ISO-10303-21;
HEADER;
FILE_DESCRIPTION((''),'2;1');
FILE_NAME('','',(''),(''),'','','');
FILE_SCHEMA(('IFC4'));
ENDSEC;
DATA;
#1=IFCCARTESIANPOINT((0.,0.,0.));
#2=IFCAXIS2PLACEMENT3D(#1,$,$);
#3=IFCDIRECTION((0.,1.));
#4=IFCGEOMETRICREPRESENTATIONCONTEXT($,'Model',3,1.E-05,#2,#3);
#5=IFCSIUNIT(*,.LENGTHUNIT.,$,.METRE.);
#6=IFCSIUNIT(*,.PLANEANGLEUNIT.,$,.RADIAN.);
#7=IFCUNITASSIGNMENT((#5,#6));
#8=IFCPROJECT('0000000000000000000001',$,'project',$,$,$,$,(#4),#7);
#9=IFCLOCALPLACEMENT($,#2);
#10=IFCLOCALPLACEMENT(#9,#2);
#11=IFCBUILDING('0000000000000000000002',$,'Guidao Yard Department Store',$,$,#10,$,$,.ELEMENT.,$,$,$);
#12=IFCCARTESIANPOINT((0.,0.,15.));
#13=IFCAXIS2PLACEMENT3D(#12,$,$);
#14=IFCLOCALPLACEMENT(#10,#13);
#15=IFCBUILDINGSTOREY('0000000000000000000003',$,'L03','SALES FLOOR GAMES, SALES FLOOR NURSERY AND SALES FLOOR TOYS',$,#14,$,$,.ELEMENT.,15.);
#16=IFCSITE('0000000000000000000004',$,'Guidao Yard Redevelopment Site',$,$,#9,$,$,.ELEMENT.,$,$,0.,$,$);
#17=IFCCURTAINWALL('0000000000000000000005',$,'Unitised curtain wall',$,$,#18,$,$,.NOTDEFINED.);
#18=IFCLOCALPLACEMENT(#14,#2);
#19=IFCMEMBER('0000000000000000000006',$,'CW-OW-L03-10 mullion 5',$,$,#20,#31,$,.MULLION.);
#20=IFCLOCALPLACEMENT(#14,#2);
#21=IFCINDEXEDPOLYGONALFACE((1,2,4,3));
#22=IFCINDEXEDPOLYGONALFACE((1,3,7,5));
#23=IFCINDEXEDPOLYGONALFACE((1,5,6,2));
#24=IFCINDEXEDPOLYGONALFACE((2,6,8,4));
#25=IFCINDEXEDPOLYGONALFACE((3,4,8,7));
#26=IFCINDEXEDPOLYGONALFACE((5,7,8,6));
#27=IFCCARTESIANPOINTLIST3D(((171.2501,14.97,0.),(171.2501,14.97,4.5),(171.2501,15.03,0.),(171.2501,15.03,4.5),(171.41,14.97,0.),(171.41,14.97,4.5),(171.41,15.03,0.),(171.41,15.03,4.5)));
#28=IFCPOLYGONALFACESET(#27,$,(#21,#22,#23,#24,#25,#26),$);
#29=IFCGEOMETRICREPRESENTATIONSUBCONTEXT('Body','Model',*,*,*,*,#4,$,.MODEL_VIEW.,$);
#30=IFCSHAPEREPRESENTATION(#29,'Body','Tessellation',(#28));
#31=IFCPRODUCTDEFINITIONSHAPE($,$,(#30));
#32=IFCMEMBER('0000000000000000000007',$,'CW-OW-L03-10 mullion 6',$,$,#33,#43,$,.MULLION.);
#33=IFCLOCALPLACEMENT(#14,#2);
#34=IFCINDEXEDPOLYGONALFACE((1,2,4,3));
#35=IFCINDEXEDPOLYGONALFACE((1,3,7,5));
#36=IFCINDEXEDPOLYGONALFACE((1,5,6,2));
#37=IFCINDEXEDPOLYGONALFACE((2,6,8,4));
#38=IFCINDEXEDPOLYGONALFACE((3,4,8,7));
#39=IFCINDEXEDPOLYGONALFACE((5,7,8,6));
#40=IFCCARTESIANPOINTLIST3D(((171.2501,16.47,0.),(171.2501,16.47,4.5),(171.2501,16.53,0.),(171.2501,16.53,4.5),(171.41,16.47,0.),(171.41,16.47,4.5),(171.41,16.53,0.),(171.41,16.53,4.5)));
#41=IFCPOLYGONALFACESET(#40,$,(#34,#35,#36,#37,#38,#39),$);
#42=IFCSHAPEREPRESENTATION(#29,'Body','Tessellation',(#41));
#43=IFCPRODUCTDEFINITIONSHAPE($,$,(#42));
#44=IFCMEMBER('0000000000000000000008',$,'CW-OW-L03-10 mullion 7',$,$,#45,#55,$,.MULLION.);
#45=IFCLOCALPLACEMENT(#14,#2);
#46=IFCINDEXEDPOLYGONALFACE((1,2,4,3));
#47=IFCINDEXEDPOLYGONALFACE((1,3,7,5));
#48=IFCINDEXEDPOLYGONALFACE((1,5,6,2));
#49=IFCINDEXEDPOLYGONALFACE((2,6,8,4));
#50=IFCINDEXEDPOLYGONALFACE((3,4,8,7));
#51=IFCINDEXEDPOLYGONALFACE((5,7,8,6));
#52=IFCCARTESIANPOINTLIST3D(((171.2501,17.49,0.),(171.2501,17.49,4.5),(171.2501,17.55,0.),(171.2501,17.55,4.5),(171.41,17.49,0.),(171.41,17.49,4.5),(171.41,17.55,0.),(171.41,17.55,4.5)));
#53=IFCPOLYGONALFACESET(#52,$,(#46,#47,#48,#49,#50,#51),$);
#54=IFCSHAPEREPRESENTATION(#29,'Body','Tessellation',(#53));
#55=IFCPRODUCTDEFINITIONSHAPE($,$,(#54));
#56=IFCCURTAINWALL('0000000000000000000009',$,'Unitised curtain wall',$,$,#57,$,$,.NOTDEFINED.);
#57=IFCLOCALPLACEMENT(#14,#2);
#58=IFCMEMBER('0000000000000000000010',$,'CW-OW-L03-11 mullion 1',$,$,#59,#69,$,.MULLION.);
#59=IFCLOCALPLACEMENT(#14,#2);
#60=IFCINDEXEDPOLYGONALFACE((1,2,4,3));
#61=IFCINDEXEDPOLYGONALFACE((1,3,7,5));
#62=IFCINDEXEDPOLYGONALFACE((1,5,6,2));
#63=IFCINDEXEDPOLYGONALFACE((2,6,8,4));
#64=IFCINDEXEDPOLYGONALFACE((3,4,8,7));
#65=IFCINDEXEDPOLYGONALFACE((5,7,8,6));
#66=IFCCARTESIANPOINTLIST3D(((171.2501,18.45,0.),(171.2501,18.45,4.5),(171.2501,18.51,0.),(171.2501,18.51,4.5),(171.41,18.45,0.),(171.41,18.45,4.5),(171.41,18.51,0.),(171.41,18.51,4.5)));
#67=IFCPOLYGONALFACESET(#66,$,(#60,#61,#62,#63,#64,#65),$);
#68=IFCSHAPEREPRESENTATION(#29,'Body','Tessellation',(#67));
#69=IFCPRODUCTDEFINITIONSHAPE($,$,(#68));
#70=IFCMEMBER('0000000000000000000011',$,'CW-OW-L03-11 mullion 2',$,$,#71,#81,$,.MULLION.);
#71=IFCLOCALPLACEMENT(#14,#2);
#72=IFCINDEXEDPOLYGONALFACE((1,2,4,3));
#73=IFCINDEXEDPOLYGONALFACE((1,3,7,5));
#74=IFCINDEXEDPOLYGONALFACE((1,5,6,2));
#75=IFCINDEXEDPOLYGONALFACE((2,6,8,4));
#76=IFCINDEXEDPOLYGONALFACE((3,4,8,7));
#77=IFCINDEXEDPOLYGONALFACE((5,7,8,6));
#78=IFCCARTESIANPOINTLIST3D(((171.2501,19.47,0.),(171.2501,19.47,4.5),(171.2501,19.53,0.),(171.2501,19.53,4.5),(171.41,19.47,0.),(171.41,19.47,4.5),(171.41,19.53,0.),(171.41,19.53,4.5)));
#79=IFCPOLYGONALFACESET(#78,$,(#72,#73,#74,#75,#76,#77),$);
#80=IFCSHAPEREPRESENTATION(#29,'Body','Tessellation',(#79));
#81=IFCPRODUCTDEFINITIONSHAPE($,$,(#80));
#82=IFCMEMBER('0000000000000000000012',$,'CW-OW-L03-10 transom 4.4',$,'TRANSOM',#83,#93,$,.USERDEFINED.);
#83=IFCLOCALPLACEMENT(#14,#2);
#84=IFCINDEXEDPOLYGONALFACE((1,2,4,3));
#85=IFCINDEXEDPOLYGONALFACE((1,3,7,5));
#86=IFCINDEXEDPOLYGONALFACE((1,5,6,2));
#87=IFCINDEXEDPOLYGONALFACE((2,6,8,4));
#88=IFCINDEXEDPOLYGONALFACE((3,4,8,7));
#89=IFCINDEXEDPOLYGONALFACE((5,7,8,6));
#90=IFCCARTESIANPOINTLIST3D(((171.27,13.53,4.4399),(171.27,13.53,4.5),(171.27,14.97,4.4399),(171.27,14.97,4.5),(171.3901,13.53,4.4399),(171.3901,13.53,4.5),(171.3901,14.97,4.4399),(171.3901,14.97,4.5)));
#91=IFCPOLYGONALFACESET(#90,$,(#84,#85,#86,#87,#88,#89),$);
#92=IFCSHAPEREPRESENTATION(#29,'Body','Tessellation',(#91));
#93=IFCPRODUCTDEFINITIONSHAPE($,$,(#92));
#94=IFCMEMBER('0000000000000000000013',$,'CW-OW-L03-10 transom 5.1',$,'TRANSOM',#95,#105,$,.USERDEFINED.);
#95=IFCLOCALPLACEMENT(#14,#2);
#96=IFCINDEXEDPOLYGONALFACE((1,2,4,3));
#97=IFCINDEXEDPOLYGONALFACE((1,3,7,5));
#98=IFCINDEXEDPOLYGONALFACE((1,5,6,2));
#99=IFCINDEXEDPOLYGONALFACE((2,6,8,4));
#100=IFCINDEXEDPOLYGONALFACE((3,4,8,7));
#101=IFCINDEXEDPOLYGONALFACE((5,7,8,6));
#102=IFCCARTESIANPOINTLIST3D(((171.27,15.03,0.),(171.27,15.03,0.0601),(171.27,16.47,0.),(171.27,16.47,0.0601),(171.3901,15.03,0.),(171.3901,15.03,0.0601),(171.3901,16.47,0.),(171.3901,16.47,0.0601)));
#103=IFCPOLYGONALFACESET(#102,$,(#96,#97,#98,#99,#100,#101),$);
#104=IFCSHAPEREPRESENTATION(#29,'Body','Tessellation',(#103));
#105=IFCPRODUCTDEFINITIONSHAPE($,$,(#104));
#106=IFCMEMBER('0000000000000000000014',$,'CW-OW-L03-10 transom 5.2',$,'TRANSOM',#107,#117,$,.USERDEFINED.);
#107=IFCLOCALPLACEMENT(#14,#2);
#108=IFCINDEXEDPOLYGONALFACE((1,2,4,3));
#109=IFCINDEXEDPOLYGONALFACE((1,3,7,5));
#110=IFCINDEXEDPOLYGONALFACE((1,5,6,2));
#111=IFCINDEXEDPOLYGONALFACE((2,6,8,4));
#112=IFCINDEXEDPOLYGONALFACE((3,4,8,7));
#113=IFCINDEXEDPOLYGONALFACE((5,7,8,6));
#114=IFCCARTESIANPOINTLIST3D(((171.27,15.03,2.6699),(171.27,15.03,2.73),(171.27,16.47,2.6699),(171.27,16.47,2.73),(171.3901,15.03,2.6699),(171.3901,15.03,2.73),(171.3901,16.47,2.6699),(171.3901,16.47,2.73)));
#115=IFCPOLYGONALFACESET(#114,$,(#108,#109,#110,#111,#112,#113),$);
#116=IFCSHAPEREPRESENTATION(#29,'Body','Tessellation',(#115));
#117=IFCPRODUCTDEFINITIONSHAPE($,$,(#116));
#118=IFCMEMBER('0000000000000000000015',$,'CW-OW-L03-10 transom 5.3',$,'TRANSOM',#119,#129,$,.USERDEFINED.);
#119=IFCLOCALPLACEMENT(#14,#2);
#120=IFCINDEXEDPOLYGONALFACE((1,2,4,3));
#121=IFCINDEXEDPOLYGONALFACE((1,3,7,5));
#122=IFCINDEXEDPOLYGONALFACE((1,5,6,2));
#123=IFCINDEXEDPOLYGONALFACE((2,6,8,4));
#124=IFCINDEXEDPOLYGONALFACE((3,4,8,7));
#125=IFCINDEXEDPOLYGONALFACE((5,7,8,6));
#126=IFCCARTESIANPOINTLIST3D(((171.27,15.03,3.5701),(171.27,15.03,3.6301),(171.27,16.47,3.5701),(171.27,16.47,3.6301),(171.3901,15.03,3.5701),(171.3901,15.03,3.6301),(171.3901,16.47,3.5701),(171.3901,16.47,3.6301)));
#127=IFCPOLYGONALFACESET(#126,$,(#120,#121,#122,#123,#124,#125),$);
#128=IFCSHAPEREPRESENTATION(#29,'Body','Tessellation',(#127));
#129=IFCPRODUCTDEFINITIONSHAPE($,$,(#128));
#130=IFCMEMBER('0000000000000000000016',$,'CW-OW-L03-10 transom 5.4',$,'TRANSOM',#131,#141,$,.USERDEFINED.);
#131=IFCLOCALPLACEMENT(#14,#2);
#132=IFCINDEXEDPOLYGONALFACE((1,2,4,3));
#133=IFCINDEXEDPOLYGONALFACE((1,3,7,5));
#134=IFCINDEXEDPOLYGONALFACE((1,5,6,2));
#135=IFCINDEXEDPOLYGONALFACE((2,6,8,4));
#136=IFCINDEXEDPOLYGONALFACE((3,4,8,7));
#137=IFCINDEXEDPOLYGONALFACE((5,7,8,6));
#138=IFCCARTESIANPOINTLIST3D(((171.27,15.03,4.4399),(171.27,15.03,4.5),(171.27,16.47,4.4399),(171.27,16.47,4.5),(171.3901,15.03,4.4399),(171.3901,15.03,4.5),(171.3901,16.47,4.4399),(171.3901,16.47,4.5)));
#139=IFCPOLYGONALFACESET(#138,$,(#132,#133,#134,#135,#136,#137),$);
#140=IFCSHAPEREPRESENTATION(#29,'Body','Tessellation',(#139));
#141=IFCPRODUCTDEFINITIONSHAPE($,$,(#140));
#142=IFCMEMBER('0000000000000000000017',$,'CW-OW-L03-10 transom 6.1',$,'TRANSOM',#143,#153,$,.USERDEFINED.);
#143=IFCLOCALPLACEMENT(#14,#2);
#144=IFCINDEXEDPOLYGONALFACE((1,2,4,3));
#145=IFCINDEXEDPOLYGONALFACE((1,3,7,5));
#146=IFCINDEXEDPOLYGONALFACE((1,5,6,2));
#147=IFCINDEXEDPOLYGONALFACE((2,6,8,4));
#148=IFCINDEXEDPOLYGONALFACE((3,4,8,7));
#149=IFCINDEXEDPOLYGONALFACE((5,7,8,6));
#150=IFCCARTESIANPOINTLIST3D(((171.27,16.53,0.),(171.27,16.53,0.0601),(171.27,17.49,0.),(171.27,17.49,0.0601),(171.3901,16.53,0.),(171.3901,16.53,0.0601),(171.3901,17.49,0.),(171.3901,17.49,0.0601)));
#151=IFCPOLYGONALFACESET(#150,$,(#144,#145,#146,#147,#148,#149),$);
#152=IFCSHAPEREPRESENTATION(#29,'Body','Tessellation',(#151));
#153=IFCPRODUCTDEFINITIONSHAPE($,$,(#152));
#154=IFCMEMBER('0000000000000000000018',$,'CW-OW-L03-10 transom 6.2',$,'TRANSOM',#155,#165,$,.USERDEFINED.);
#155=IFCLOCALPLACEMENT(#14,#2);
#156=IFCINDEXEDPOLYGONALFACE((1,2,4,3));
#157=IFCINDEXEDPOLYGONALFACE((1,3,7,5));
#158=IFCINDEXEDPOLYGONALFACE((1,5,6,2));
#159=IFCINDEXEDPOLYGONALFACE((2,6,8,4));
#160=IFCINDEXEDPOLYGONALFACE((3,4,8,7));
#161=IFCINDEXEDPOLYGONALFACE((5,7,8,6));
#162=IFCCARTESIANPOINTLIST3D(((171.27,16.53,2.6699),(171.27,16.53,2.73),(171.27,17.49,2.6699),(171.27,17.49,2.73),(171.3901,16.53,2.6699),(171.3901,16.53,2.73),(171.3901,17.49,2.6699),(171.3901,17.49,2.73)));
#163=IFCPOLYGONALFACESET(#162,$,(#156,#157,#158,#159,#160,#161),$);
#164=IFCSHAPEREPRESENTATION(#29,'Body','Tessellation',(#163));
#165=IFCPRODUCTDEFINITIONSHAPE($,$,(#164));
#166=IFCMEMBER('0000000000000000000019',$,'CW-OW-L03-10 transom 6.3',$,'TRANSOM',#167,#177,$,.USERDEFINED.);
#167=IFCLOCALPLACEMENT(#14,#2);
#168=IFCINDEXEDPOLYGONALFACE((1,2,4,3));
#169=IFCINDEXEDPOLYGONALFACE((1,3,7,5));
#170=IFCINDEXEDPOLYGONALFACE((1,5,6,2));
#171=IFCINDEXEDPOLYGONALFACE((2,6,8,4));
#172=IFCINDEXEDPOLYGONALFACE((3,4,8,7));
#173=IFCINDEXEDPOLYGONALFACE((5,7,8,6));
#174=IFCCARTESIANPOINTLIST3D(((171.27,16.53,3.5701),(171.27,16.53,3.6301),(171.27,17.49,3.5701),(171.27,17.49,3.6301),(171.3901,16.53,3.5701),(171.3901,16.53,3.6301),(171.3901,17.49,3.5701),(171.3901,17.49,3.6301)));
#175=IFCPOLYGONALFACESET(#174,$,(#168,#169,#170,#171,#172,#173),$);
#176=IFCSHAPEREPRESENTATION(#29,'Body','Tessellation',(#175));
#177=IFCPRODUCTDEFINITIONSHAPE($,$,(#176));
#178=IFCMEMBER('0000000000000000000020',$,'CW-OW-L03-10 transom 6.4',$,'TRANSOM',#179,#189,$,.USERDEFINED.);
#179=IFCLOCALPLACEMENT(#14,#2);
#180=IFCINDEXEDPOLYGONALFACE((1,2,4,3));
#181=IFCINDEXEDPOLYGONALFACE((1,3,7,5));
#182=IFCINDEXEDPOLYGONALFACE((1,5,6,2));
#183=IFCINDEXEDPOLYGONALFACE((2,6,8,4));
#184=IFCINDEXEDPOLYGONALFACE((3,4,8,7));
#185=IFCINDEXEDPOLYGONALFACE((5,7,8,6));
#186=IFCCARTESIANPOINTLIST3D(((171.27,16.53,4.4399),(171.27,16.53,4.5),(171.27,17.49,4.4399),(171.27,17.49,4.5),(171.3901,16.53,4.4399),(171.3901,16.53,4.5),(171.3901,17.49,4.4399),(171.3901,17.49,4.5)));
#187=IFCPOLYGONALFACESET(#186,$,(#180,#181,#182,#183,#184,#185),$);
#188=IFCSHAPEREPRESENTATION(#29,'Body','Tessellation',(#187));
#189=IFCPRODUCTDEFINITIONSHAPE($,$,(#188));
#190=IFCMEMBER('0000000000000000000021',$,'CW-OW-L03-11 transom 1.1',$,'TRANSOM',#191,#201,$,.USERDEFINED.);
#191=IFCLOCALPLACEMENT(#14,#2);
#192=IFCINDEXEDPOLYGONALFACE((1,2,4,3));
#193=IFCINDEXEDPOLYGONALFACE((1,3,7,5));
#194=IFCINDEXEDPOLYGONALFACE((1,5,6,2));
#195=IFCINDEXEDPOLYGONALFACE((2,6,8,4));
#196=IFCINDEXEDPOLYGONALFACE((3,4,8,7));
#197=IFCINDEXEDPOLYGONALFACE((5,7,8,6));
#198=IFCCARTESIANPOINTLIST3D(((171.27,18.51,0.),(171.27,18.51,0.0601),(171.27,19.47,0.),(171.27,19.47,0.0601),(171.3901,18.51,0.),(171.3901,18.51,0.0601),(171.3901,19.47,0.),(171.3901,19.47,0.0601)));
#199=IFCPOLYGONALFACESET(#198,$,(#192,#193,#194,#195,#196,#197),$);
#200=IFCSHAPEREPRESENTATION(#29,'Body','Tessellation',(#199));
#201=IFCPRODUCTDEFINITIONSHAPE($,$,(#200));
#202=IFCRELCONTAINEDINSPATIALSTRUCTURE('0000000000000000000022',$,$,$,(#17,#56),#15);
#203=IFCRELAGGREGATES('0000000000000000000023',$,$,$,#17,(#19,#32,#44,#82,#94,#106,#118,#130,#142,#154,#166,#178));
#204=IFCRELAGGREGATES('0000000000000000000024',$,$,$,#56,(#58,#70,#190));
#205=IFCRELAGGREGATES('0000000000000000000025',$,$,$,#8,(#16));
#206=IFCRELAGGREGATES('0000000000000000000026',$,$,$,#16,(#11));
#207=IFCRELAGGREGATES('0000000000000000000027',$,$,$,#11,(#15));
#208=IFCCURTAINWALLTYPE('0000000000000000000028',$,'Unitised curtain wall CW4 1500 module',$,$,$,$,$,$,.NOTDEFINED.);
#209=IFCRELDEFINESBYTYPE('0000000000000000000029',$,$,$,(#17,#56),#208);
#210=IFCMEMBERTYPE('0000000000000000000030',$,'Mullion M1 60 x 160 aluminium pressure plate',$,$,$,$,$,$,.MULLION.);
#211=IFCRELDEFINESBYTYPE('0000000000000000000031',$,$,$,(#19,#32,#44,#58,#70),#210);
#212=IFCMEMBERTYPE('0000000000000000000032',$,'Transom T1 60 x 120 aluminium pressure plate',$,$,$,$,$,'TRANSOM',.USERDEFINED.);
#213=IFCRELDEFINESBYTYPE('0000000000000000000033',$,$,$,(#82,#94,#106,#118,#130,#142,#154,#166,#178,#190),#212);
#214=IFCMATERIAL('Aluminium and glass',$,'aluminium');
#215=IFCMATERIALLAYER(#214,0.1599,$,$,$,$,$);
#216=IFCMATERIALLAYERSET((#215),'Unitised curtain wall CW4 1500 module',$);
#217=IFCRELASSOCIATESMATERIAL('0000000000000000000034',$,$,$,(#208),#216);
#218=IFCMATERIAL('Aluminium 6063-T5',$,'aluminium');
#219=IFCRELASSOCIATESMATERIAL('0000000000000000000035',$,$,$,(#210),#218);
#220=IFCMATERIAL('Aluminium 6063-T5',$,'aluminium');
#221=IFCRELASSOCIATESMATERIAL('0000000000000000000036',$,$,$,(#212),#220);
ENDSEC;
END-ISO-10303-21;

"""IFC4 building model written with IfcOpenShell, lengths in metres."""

from ifc_helpers import new_model, si_unit, direction, frame, origin, origin_2d, place, context, subcontext, project, spatial, rectangle, extrude, material, layer, layer_set, material_profile, profile_set, type_object, element, aggregate, save


model = new_model("IFC4")

# Units and contexts
model_context = context("Model", 3, precision=1e-05, world=origin(), true_north=direction((0.0, 1.0)))
body_context = subcontext(model_context, "Body", "Model", "MODEL_VIEW")
ifc_project = project(units=[si_unit("LENGTHUNIT", "METRE"), si_unit("PLANEANGLEUNIT", "RADIAN")], contexts=[model_context])

# Site, building, storey
site_placement = place(None, origin())
site = spatial("IfcSite", under=ifc_project, at=site_placement, Name="Guidao Yard Redevelopment Site", CompositionType="ELEMENT", RefElevation=0.0)
building_placement = place(site_placement, origin())
building = spatial("IfcBuilding", under=site, at=building_placement, Name="Guidao Yard Department Store", CompositionType="ELEMENT")
storey_placement = place(building_placement, frame((0.0, 0.0, 15.0)))
storey = spatial("IfcBuildingStorey", under=building, at=storey_placement, Name="L03", Description="SALES FLOOR GAMES, SALES FLOOR NURSERY AND SALES FLOOR TOYS", CompositionType="ELEMENT", Elevation=15.0)

# Curtain walls, members
ifc_material_1 = material(Name="Aluminium and glass", Category="aluminium")
ifc_layer_1 = layer(ifc_material_1, 0.1599)
ifc_layer_set_1 = layer_set([ifc_layer_1], Name="Unitised curtain wall CW4 1500 module")
curtain_wall_type = type_object("IfcCurtainWallType", Name="Unitised curtain wall CW4 1500 module", PredefinedType="NOTDEFINED", material=ifc_layer_set_1)
curtain_wall_1_placement = place(storey_placement, origin())
curtain_wall_1 = element("IfcCurtainWall", 1, at=curtain_wall_1_placement, inside=storey, type_object=curtain_wall_type, Name="Unitised curtain wall", PredefinedType="NOTDEFINED")
ifc_material_2 = material(Name="Aluminium 6063-T5", Category="aluminium")
ifc_material_profile_1 = material_profile(ifc_material_2, rectangle(XDim=0.0601, YDim=0.1599, at=origin_2d()), Name="Mullion M1 60 x 160 aluminium pressure plate")
ifc_profile_set_1 = profile_set([ifc_material_profile_1], Name="Aluminium 6063-T5")
member_type_1 = type_object("IfcMemberType", Name="Mullion M1 60 x 160 aluminium pressure plate", PredefinedType="MULLION", material=ifc_profile_set_1)
member_1_placement = place(storey_placement, frame((171.3301, 15.0, 0.0), z_axis=(0.0, 0.0, 1.0), x_axis=(0.0, -1.0, 0.0)))
member_1 = element("IfcMember", 2, at=member_1_placement, type_object=member_type_1, Name="CW-OW-L03-10 mullion 5", PredefinedType="MULLION", context=body_context, shape_type="SweptSolid", body=[
    extrude(rectangle(XDim=0.0601, YDim=0.1599, at=origin_2d()), origin(), (0.0, 0.0, 1.0), 4.5),
])
member_2_placement = place(storey_placement, frame((171.3301, 16.5, 0.0), z_axis=(0.0, 0.0, 1.0), x_axis=(0.0, -1.0, 0.0)))
member_2 = element("IfcMember", 3, at=member_2_placement, type_object=member_type_1, Name="CW-OW-L03-10 mullion 6", PredefinedType="MULLION", context=body_context, shape_type="SweptSolid", body=[
    extrude(rectangle(XDim=0.0601, YDim=0.1599, at=origin_2d()), origin(), (0.0, 0.0, 1.0), 4.5),
])
member_3_placement = place(storey_placement, frame((171.3301, 17.52, 0.0), z_axis=(0.0, 0.0, 1.0), x_axis=(0.0, -1.0, 0.0)))
member_3 = element("IfcMember", 4, at=member_3_placement, type_object=member_type_1, Name="CW-OW-L03-10 mullion 7", PredefinedType="MULLION", context=body_context, shape_type="SweptSolid", body=[
    extrude(rectangle(XDim=0.0601, YDim=0.1599, at=origin_2d()), origin(), (0.0, 0.0, 1.0), 4.5),
])
curtain_wall_2_placement = place(storey_placement, origin())
curtain_wall_2 = element("IfcCurtainWall", 5, at=curtain_wall_2_placement, inside=storey, type_object=curtain_wall_type, Name="Unitised curtain wall", PredefinedType="NOTDEFINED")
member_4_placement = place(storey_placement, frame((171.3301, 18.48, 0.0), z_axis=(0.0, 0.0, 1.0), x_axis=(0.0, -1.0, 0.0)))
member_4 = element("IfcMember", 6, at=member_4_placement, type_object=member_type_1, Name="CW-OW-L03-11 mullion 1", PredefinedType="MULLION", context=body_context, shape_type="SweptSolid", body=[
    extrude(rectangle(XDim=0.0601, YDim=0.1599, at=origin_2d()), origin(), (0.0, 0.0, 1.0), 4.5),
])
member_5_placement = place(storey_placement, frame((171.3301, 19.5, 0.0), z_axis=(0.0, 0.0, 1.0), x_axis=(0.0, -1.0, 0.0)))
member_5 = element("IfcMember", 7, at=member_5_placement, type_object=member_type_1, Name="CW-OW-L03-11 mullion 2", PredefinedType="MULLION", context=body_context, shape_type="SweptSolid", body=[
    extrude(rectangle(XDim=0.0601, YDim=0.1599, at=origin_2d()), origin(), (0.0, 0.0, 1.0), 4.5),
])

# Members
ifc_material_3 = material(Name="Aluminium 6063-T5", Category="aluminium")
ifc_material_profile_2 = material_profile(ifc_material_3, rectangle(XDim=0.1201, YDim=0.0601, at=origin_2d()), Name="Transom T1 60 x 120 aluminium pressure plate")
ifc_profile_set_2 = profile_set([ifc_material_profile_2], Name="Aluminium 6063-T5")
member_type_2 = type_object("IfcMemberType", Name="Transom T1 60 x 120 aluminium pressure plate", ElementType="TRANSOM", PredefinedType="USERDEFINED", material=ifc_profile_set_2)
member_6_placement = place(storey_placement, frame((171.3301, 14.97, 4.47), z_axis=(0.0, -1.0, 0.0), x_axis=(1.0, 0.0, 0.0)))
member_6 = element("IfcMember", 8, at=member_6_placement, type_object=member_type_2, Name="CW-OW-L03-10 transom 4.4", ObjectType="TRANSOM", PredefinedType="USERDEFINED", context=body_context, shape_type="SweptSolid", body=[
    extrude(rectangle(XDim=0.1201, YDim=0.0601, at=origin_2d()), origin(), (0.0, 0.0, 1.0), 1.4399),
])
member_7_placement = place(storey_placement, frame((171.3301, 16.47, 0.03), z_axis=(0.0, -1.0, 0.0), x_axis=(1.0, 0.0, 0.0)))
member_7 = element("IfcMember", 9, at=member_7_placement, type_object=member_type_2, Name="CW-OW-L03-10 transom 5.1", ObjectType="TRANSOM", PredefinedType="USERDEFINED", context=body_context, shape_type="SweptSolid", body=[
    extrude(rectangle(XDim=0.1201, YDim=0.0601, at=origin_2d()), origin(), (0.0, 0.0, 1.0), 1.4399),
])
member_8_placement = place(storey_placement, frame((171.3301, 16.47, 2.7), z_axis=(0.0, -1.0, 0.0), x_axis=(1.0, 0.0, 0.0)))
member_8 = element("IfcMember", 10, at=member_8_placement, type_object=member_type_2, Name="CW-OW-L03-10 transom 5.2", ObjectType="TRANSOM", PredefinedType="USERDEFINED", context=body_context, shape_type="SweptSolid", body=[
    extrude(rectangle(XDim=0.1201, YDim=0.0601, at=origin_2d()), origin(), (0.0, 0.0, 1.0), 1.4399),
])
member_9_placement = place(storey_placement, frame((171.3301, 16.47, 3.6001), z_axis=(0.0, -1.0, 0.0), x_axis=(1.0, 0.0, 0.0)))
member_9 = element("IfcMember", 11, at=member_9_placement, type_object=member_type_2, Name="CW-OW-L03-10 transom 5.3", ObjectType="TRANSOM", PredefinedType="USERDEFINED", context=body_context, shape_type="SweptSolid", body=[
    extrude(rectangle(XDim=0.1201, YDim=0.0601, at=origin_2d()), origin(), (0.0, 0.0, 1.0), 1.4399),
])
member_10_placement = place(storey_placement, frame((171.3301, 16.47, 4.47), z_axis=(0.0, -1.0, 0.0), x_axis=(1.0, 0.0, 0.0)))
member_10 = element("IfcMember", 12, at=member_10_placement, type_object=member_type_2, Name="CW-OW-L03-10 transom 5.4", ObjectType="TRANSOM", PredefinedType="USERDEFINED", context=body_context, shape_type="SweptSolid", body=[
    extrude(rectangle(XDim=0.1201, YDim=0.0601, at=origin_2d()), origin(), (0.0, 0.0, 1.0), 1.4399),
])
member_11_placement = place(storey_placement, frame((171.3301, 17.49, 0.03), z_axis=(0.0, -1.0, 0.0), x_axis=(1.0, 0.0, 0.0)))
member_11 = element("IfcMember", 13, at=member_11_placement, type_object=member_type_2, Name="CW-OW-L03-10 transom 6.1", ObjectType="TRANSOM", PredefinedType="USERDEFINED", context=body_context, shape_type="SweptSolid", body=[
    extrude(rectangle(XDim=0.1201, YDim=0.0601, at=origin_2d()), origin(), (0.0, 0.0, 1.0), 0.96),
])
member_12_placement = place(storey_placement, frame((171.3301, 17.49, 2.7), z_axis=(0.0, -1.0, 0.0), x_axis=(1.0, 0.0, 0.0)))
member_12 = element("IfcMember", 14, at=member_12_placement, type_object=member_type_2, Name="CW-OW-L03-10 transom 6.2", ObjectType="TRANSOM", PredefinedType="USERDEFINED", context=body_context, shape_type="SweptSolid", body=[
    extrude(rectangle(XDim=0.1201, YDim=0.0601, at=origin_2d()), origin(), (0.0, 0.0, 1.0), 0.96),
])
member_13_placement = place(storey_placement, frame((171.3301, 17.49, 3.6001), z_axis=(0.0, -1.0, 0.0), x_axis=(1.0, 0.0, 0.0)))
member_13 = element("IfcMember", 15, at=member_13_placement, type_object=member_type_2, Name="CW-OW-L03-10 transom 6.3", ObjectType="TRANSOM", PredefinedType="USERDEFINED", context=body_context, shape_type="SweptSolid", body=[
    extrude(rectangle(XDim=0.1201, YDim=0.0601, at=origin_2d()), origin(), (0.0, 0.0, 1.0), 0.96),
])
member_14_placement = place(storey_placement, frame((171.3301, 17.49, 4.47), z_axis=(0.0, -1.0, 0.0), x_axis=(1.0, 0.0, 0.0)))
member_14 = element("IfcMember", 16, at=member_14_placement, type_object=member_type_2, Name="CW-OW-L03-10 transom 6.4", ObjectType="TRANSOM", PredefinedType="USERDEFINED", context=body_context, shape_type="SweptSolid", body=[
    extrude(rectangle(XDim=0.1201, YDim=0.0601, at=origin_2d()), origin(), (0.0, 0.0, 1.0), 0.96),
])
member_15_placement = place(storey_placement, frame((171.3301, 19.47, 0.03), z_axis=(0.0, -1.0, 0.0), x_axis=(1.0, 0.0, 0.0)))
member_15 = element("IfcMember", 17, at=member_15_placement, type_object=member_type_2, Name="CW-OW-L03-11 transom 1.1", ObjectType="TRANSOM", PredefinedType="USERDEFINED", context=body_context, shape_type="SweptSolid", body=[
    extrude(rectangle(XDim=0.1201, YDim=0.0601, at=origin_2d()), origin(), (0.0, 0.0, 1.0), 0.96),
])

aggregate(curtain_wall_1, [member_1, member_2, member_3, member_6, member_7, member_8, member_9, member_10, member_11, member_12, member_13, member_14])
aggregate(curtain_wall_2, [member_4, member_5, member_15])

save(model, "model.ifc")
